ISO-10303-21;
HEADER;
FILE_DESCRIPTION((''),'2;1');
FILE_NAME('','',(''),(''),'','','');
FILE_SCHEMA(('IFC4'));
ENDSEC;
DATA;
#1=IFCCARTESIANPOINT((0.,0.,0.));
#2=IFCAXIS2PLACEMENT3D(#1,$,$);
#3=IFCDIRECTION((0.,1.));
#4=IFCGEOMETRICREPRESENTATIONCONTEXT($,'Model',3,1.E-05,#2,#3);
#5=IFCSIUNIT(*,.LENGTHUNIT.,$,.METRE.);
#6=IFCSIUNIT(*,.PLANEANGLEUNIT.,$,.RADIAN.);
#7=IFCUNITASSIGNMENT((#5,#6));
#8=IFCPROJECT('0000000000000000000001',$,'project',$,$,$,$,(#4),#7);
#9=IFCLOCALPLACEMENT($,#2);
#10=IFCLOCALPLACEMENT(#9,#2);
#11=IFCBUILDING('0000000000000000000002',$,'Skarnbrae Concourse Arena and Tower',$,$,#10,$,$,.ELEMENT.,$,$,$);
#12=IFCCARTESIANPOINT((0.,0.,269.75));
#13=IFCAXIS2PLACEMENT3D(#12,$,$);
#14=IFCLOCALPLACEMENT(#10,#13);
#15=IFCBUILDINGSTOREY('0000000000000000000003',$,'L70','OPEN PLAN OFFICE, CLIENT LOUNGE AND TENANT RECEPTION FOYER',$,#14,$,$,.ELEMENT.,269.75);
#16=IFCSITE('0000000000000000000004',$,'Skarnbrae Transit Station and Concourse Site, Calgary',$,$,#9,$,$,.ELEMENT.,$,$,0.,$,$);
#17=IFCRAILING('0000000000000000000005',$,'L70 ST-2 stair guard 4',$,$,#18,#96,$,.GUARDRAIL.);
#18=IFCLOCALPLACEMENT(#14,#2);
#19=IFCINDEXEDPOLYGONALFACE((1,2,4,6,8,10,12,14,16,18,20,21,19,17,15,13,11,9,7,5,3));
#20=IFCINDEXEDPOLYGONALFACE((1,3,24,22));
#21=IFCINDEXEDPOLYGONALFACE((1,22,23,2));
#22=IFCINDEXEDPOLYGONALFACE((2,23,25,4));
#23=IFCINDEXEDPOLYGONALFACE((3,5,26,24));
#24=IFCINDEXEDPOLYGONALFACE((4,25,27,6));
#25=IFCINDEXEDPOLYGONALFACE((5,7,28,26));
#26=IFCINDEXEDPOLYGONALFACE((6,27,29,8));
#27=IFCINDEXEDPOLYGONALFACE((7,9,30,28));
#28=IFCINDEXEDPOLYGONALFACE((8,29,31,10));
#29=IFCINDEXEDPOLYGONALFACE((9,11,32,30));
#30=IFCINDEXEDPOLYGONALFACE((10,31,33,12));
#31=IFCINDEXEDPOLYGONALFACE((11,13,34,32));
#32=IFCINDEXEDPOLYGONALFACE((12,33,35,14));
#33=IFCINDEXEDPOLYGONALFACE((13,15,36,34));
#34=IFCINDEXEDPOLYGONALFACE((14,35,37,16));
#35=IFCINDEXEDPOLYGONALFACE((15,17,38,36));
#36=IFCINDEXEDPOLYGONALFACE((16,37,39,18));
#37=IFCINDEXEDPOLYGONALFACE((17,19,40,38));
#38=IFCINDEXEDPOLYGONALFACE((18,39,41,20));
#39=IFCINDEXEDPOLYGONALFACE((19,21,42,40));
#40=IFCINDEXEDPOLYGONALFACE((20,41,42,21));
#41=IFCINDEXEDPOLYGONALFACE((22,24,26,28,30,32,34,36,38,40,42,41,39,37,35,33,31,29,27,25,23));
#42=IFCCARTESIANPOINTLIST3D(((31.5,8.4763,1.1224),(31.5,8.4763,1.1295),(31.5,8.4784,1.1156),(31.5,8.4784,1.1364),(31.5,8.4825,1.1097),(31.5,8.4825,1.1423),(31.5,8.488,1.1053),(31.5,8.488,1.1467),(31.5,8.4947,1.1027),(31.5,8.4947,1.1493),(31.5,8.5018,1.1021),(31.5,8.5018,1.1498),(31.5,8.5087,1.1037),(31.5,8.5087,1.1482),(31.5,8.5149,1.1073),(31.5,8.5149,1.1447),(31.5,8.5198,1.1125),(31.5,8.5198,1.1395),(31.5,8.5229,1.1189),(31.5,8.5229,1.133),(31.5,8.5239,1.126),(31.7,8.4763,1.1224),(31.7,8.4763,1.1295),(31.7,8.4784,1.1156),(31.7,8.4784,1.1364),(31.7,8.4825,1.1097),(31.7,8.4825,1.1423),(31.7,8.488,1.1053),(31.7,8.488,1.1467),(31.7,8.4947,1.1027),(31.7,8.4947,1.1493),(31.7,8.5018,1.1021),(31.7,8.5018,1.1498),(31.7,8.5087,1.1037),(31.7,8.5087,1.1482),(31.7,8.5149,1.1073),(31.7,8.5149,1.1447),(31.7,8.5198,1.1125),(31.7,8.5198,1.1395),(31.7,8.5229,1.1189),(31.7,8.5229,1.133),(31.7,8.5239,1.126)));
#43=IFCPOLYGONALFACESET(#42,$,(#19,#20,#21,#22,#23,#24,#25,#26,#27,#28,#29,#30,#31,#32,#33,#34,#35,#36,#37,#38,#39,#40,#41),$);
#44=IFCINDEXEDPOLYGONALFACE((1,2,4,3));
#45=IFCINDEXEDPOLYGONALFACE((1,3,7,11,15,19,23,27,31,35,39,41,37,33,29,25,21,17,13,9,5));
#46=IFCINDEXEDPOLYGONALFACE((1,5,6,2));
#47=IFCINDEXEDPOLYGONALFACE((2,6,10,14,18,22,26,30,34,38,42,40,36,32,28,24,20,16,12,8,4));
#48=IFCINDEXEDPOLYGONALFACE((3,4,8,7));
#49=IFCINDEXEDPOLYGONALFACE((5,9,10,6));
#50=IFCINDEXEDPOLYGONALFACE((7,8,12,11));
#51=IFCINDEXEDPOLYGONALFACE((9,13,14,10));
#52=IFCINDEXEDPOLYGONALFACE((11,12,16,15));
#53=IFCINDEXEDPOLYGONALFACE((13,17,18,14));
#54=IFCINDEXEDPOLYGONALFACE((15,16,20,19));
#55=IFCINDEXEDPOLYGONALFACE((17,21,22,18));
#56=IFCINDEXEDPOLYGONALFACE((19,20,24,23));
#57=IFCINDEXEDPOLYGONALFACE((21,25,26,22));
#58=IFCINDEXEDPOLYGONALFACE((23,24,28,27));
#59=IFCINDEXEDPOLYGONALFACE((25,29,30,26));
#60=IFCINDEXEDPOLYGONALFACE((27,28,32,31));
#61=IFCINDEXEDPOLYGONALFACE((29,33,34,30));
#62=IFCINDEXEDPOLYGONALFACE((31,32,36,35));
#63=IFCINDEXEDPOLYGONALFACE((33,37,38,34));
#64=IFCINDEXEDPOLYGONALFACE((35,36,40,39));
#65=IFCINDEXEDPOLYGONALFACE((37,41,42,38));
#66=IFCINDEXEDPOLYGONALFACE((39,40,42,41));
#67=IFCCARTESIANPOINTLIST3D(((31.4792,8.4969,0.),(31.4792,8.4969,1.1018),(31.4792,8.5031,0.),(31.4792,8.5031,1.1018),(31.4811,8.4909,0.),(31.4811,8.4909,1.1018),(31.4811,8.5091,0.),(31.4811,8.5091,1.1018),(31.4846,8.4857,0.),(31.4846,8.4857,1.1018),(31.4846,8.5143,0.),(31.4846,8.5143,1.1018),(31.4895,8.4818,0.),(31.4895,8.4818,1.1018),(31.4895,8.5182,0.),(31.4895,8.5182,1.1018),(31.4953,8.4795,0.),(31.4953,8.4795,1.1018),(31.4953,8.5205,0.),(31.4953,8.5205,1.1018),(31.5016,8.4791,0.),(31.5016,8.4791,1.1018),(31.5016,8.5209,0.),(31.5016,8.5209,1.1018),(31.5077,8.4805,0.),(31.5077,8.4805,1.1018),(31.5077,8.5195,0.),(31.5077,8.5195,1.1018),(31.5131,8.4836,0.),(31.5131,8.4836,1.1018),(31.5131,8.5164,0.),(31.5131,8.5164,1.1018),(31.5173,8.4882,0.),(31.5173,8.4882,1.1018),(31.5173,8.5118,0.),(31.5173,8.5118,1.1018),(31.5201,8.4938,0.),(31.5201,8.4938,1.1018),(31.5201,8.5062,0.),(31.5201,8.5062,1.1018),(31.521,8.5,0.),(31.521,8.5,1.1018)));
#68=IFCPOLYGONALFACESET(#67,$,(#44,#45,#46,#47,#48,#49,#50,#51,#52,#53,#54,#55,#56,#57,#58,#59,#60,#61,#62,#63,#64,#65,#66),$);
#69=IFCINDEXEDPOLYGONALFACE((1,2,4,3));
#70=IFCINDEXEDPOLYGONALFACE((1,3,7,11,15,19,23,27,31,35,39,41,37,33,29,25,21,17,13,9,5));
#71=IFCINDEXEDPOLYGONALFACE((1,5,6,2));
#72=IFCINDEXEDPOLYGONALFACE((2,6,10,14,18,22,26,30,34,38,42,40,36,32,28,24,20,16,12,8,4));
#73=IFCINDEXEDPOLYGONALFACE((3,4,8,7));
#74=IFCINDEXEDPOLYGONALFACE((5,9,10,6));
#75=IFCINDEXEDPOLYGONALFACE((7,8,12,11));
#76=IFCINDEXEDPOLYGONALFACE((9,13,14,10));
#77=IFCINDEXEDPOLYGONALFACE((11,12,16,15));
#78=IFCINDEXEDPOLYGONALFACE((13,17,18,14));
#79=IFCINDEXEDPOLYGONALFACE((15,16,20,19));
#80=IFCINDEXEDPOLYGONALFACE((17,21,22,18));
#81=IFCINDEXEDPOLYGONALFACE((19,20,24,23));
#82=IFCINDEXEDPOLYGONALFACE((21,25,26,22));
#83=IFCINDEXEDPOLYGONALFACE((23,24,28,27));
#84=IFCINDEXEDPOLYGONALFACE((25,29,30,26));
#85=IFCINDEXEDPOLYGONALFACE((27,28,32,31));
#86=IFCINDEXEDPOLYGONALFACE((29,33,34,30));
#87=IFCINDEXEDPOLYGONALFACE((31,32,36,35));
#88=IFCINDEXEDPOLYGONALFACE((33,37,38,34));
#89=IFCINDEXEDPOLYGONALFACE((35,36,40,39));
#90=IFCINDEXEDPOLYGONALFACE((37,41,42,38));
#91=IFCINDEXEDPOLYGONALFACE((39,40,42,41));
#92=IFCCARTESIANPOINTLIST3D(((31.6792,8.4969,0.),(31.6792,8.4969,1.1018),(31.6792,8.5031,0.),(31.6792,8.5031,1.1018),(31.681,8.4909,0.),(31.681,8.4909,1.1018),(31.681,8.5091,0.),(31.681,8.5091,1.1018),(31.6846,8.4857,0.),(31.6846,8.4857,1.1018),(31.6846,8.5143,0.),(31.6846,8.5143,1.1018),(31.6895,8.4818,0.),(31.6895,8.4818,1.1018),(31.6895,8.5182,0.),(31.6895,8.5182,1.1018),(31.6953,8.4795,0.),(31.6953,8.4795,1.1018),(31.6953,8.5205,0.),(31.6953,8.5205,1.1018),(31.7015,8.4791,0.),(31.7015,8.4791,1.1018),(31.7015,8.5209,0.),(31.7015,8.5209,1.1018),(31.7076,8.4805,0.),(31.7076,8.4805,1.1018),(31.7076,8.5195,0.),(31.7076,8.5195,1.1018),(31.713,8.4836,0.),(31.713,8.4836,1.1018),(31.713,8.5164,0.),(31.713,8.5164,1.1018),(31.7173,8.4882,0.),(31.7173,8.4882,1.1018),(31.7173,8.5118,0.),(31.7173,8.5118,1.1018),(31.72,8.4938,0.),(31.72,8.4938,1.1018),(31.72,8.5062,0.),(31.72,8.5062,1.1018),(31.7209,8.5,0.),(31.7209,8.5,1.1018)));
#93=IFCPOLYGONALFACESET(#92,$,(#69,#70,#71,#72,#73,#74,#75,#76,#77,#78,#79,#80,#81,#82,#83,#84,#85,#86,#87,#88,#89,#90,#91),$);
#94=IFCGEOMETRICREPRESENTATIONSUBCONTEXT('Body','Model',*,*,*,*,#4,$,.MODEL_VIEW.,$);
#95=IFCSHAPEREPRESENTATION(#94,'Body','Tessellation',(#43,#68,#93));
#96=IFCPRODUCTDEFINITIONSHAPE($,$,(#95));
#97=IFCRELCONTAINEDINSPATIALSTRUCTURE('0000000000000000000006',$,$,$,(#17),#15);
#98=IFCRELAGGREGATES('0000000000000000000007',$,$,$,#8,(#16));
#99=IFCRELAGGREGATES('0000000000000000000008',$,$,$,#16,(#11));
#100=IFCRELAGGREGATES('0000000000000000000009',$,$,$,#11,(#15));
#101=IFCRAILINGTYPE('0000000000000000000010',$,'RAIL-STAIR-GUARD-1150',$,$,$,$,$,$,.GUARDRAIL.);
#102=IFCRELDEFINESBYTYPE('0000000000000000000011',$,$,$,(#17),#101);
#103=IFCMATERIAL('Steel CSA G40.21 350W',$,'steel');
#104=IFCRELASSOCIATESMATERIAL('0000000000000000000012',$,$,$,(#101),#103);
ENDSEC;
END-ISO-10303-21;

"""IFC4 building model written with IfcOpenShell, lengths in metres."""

from ifc_helpers import new_model, si_unit, direction, frame, origin, origin_2d, place, context, subcontext, project, spatial, circle, extrude, material, type_object, element, save


model = new_model("IFC4")

# Units and contexts
model_context = context("Model", 3, precision=1e-05, world=origin(), true_north=direction((0.0, 1.0)))
body_context = subcontext(model_context, "Body", "Model", "MODEL_VIEW")
ifc_project = project(units=[si_unit("LENGTHUNIT", "METRE"), si_unit("PLANEANGLEUNIT", "RADIAN")], contexts=[model_context])

# Site, building, storey
site_placement = place(None, origin())
site = spatial("IfcSite", under=ifc_project, at=site_placement, Name="Skarnbrae Transit Station and Concourse Site, Calgary", CompositionType="ELEMENT", RefElevation=0.0)
building_placement = place(site_placement, origin())
building = spatial("IfcBuilding", under=site, at=building_placement, Name="Skarnbrae Concourse Arena and Tower", CompositionType="ELEMENT")
storey_placement = place(building_placement, frame((0.0, 0.0, 269.75)))
storey = spatial("IfcBuildingStorey", under=building, at=storey_placement, Name="L70", Description="OPEN PLAN OFFICE, CLIENT LOUNGE AND TENANT RECEPTION FOYER", CompositionType="ELEMENT", Elevation=269.75)

# Shared definitions
ifc_material_1 = material(Name="Steel CSA G40.21 350W", Category="steel")

# Railing
railing_type = type_object("IfcRailingType", Name="RAIL-STAIR-GUARD-1150", PredefinedType="GUARDRAIL", material=ifc_material_1)
railing_1_placement = place(storey_placement, frame((31.5, 8.5, 0.0)))
element("IfcRailing", 1, at=railing_1_placement, inside=storey, type_object=railing_type, Name="L70 ST-2 stair guard 4", PredefinedType="GUARDRAIL", context=body_context, shape_type="SweptSolid", body=[
    extrude(circle(Radius=0.0239, at=origin_2d()), frame((0.0, 0.0, 1.126), z_axis=(1.0, 0.0, 0.0), x_axis=(0.0, 1.0, 0.0)), (0.0, 0.0, 1.0), 0.2),
    extrude(circle(Radius=0.021, at=origin_2d()), origin(), (0.0, 0.0, 1.0), 1.1018),
    extrude(circle(Radius=0.021, at=origin_2d()), frame((0.2, 0.0, 0.0)), (0.0, 0.0, 1.0), 1.1018),
])

save(model, "model.ifc")
